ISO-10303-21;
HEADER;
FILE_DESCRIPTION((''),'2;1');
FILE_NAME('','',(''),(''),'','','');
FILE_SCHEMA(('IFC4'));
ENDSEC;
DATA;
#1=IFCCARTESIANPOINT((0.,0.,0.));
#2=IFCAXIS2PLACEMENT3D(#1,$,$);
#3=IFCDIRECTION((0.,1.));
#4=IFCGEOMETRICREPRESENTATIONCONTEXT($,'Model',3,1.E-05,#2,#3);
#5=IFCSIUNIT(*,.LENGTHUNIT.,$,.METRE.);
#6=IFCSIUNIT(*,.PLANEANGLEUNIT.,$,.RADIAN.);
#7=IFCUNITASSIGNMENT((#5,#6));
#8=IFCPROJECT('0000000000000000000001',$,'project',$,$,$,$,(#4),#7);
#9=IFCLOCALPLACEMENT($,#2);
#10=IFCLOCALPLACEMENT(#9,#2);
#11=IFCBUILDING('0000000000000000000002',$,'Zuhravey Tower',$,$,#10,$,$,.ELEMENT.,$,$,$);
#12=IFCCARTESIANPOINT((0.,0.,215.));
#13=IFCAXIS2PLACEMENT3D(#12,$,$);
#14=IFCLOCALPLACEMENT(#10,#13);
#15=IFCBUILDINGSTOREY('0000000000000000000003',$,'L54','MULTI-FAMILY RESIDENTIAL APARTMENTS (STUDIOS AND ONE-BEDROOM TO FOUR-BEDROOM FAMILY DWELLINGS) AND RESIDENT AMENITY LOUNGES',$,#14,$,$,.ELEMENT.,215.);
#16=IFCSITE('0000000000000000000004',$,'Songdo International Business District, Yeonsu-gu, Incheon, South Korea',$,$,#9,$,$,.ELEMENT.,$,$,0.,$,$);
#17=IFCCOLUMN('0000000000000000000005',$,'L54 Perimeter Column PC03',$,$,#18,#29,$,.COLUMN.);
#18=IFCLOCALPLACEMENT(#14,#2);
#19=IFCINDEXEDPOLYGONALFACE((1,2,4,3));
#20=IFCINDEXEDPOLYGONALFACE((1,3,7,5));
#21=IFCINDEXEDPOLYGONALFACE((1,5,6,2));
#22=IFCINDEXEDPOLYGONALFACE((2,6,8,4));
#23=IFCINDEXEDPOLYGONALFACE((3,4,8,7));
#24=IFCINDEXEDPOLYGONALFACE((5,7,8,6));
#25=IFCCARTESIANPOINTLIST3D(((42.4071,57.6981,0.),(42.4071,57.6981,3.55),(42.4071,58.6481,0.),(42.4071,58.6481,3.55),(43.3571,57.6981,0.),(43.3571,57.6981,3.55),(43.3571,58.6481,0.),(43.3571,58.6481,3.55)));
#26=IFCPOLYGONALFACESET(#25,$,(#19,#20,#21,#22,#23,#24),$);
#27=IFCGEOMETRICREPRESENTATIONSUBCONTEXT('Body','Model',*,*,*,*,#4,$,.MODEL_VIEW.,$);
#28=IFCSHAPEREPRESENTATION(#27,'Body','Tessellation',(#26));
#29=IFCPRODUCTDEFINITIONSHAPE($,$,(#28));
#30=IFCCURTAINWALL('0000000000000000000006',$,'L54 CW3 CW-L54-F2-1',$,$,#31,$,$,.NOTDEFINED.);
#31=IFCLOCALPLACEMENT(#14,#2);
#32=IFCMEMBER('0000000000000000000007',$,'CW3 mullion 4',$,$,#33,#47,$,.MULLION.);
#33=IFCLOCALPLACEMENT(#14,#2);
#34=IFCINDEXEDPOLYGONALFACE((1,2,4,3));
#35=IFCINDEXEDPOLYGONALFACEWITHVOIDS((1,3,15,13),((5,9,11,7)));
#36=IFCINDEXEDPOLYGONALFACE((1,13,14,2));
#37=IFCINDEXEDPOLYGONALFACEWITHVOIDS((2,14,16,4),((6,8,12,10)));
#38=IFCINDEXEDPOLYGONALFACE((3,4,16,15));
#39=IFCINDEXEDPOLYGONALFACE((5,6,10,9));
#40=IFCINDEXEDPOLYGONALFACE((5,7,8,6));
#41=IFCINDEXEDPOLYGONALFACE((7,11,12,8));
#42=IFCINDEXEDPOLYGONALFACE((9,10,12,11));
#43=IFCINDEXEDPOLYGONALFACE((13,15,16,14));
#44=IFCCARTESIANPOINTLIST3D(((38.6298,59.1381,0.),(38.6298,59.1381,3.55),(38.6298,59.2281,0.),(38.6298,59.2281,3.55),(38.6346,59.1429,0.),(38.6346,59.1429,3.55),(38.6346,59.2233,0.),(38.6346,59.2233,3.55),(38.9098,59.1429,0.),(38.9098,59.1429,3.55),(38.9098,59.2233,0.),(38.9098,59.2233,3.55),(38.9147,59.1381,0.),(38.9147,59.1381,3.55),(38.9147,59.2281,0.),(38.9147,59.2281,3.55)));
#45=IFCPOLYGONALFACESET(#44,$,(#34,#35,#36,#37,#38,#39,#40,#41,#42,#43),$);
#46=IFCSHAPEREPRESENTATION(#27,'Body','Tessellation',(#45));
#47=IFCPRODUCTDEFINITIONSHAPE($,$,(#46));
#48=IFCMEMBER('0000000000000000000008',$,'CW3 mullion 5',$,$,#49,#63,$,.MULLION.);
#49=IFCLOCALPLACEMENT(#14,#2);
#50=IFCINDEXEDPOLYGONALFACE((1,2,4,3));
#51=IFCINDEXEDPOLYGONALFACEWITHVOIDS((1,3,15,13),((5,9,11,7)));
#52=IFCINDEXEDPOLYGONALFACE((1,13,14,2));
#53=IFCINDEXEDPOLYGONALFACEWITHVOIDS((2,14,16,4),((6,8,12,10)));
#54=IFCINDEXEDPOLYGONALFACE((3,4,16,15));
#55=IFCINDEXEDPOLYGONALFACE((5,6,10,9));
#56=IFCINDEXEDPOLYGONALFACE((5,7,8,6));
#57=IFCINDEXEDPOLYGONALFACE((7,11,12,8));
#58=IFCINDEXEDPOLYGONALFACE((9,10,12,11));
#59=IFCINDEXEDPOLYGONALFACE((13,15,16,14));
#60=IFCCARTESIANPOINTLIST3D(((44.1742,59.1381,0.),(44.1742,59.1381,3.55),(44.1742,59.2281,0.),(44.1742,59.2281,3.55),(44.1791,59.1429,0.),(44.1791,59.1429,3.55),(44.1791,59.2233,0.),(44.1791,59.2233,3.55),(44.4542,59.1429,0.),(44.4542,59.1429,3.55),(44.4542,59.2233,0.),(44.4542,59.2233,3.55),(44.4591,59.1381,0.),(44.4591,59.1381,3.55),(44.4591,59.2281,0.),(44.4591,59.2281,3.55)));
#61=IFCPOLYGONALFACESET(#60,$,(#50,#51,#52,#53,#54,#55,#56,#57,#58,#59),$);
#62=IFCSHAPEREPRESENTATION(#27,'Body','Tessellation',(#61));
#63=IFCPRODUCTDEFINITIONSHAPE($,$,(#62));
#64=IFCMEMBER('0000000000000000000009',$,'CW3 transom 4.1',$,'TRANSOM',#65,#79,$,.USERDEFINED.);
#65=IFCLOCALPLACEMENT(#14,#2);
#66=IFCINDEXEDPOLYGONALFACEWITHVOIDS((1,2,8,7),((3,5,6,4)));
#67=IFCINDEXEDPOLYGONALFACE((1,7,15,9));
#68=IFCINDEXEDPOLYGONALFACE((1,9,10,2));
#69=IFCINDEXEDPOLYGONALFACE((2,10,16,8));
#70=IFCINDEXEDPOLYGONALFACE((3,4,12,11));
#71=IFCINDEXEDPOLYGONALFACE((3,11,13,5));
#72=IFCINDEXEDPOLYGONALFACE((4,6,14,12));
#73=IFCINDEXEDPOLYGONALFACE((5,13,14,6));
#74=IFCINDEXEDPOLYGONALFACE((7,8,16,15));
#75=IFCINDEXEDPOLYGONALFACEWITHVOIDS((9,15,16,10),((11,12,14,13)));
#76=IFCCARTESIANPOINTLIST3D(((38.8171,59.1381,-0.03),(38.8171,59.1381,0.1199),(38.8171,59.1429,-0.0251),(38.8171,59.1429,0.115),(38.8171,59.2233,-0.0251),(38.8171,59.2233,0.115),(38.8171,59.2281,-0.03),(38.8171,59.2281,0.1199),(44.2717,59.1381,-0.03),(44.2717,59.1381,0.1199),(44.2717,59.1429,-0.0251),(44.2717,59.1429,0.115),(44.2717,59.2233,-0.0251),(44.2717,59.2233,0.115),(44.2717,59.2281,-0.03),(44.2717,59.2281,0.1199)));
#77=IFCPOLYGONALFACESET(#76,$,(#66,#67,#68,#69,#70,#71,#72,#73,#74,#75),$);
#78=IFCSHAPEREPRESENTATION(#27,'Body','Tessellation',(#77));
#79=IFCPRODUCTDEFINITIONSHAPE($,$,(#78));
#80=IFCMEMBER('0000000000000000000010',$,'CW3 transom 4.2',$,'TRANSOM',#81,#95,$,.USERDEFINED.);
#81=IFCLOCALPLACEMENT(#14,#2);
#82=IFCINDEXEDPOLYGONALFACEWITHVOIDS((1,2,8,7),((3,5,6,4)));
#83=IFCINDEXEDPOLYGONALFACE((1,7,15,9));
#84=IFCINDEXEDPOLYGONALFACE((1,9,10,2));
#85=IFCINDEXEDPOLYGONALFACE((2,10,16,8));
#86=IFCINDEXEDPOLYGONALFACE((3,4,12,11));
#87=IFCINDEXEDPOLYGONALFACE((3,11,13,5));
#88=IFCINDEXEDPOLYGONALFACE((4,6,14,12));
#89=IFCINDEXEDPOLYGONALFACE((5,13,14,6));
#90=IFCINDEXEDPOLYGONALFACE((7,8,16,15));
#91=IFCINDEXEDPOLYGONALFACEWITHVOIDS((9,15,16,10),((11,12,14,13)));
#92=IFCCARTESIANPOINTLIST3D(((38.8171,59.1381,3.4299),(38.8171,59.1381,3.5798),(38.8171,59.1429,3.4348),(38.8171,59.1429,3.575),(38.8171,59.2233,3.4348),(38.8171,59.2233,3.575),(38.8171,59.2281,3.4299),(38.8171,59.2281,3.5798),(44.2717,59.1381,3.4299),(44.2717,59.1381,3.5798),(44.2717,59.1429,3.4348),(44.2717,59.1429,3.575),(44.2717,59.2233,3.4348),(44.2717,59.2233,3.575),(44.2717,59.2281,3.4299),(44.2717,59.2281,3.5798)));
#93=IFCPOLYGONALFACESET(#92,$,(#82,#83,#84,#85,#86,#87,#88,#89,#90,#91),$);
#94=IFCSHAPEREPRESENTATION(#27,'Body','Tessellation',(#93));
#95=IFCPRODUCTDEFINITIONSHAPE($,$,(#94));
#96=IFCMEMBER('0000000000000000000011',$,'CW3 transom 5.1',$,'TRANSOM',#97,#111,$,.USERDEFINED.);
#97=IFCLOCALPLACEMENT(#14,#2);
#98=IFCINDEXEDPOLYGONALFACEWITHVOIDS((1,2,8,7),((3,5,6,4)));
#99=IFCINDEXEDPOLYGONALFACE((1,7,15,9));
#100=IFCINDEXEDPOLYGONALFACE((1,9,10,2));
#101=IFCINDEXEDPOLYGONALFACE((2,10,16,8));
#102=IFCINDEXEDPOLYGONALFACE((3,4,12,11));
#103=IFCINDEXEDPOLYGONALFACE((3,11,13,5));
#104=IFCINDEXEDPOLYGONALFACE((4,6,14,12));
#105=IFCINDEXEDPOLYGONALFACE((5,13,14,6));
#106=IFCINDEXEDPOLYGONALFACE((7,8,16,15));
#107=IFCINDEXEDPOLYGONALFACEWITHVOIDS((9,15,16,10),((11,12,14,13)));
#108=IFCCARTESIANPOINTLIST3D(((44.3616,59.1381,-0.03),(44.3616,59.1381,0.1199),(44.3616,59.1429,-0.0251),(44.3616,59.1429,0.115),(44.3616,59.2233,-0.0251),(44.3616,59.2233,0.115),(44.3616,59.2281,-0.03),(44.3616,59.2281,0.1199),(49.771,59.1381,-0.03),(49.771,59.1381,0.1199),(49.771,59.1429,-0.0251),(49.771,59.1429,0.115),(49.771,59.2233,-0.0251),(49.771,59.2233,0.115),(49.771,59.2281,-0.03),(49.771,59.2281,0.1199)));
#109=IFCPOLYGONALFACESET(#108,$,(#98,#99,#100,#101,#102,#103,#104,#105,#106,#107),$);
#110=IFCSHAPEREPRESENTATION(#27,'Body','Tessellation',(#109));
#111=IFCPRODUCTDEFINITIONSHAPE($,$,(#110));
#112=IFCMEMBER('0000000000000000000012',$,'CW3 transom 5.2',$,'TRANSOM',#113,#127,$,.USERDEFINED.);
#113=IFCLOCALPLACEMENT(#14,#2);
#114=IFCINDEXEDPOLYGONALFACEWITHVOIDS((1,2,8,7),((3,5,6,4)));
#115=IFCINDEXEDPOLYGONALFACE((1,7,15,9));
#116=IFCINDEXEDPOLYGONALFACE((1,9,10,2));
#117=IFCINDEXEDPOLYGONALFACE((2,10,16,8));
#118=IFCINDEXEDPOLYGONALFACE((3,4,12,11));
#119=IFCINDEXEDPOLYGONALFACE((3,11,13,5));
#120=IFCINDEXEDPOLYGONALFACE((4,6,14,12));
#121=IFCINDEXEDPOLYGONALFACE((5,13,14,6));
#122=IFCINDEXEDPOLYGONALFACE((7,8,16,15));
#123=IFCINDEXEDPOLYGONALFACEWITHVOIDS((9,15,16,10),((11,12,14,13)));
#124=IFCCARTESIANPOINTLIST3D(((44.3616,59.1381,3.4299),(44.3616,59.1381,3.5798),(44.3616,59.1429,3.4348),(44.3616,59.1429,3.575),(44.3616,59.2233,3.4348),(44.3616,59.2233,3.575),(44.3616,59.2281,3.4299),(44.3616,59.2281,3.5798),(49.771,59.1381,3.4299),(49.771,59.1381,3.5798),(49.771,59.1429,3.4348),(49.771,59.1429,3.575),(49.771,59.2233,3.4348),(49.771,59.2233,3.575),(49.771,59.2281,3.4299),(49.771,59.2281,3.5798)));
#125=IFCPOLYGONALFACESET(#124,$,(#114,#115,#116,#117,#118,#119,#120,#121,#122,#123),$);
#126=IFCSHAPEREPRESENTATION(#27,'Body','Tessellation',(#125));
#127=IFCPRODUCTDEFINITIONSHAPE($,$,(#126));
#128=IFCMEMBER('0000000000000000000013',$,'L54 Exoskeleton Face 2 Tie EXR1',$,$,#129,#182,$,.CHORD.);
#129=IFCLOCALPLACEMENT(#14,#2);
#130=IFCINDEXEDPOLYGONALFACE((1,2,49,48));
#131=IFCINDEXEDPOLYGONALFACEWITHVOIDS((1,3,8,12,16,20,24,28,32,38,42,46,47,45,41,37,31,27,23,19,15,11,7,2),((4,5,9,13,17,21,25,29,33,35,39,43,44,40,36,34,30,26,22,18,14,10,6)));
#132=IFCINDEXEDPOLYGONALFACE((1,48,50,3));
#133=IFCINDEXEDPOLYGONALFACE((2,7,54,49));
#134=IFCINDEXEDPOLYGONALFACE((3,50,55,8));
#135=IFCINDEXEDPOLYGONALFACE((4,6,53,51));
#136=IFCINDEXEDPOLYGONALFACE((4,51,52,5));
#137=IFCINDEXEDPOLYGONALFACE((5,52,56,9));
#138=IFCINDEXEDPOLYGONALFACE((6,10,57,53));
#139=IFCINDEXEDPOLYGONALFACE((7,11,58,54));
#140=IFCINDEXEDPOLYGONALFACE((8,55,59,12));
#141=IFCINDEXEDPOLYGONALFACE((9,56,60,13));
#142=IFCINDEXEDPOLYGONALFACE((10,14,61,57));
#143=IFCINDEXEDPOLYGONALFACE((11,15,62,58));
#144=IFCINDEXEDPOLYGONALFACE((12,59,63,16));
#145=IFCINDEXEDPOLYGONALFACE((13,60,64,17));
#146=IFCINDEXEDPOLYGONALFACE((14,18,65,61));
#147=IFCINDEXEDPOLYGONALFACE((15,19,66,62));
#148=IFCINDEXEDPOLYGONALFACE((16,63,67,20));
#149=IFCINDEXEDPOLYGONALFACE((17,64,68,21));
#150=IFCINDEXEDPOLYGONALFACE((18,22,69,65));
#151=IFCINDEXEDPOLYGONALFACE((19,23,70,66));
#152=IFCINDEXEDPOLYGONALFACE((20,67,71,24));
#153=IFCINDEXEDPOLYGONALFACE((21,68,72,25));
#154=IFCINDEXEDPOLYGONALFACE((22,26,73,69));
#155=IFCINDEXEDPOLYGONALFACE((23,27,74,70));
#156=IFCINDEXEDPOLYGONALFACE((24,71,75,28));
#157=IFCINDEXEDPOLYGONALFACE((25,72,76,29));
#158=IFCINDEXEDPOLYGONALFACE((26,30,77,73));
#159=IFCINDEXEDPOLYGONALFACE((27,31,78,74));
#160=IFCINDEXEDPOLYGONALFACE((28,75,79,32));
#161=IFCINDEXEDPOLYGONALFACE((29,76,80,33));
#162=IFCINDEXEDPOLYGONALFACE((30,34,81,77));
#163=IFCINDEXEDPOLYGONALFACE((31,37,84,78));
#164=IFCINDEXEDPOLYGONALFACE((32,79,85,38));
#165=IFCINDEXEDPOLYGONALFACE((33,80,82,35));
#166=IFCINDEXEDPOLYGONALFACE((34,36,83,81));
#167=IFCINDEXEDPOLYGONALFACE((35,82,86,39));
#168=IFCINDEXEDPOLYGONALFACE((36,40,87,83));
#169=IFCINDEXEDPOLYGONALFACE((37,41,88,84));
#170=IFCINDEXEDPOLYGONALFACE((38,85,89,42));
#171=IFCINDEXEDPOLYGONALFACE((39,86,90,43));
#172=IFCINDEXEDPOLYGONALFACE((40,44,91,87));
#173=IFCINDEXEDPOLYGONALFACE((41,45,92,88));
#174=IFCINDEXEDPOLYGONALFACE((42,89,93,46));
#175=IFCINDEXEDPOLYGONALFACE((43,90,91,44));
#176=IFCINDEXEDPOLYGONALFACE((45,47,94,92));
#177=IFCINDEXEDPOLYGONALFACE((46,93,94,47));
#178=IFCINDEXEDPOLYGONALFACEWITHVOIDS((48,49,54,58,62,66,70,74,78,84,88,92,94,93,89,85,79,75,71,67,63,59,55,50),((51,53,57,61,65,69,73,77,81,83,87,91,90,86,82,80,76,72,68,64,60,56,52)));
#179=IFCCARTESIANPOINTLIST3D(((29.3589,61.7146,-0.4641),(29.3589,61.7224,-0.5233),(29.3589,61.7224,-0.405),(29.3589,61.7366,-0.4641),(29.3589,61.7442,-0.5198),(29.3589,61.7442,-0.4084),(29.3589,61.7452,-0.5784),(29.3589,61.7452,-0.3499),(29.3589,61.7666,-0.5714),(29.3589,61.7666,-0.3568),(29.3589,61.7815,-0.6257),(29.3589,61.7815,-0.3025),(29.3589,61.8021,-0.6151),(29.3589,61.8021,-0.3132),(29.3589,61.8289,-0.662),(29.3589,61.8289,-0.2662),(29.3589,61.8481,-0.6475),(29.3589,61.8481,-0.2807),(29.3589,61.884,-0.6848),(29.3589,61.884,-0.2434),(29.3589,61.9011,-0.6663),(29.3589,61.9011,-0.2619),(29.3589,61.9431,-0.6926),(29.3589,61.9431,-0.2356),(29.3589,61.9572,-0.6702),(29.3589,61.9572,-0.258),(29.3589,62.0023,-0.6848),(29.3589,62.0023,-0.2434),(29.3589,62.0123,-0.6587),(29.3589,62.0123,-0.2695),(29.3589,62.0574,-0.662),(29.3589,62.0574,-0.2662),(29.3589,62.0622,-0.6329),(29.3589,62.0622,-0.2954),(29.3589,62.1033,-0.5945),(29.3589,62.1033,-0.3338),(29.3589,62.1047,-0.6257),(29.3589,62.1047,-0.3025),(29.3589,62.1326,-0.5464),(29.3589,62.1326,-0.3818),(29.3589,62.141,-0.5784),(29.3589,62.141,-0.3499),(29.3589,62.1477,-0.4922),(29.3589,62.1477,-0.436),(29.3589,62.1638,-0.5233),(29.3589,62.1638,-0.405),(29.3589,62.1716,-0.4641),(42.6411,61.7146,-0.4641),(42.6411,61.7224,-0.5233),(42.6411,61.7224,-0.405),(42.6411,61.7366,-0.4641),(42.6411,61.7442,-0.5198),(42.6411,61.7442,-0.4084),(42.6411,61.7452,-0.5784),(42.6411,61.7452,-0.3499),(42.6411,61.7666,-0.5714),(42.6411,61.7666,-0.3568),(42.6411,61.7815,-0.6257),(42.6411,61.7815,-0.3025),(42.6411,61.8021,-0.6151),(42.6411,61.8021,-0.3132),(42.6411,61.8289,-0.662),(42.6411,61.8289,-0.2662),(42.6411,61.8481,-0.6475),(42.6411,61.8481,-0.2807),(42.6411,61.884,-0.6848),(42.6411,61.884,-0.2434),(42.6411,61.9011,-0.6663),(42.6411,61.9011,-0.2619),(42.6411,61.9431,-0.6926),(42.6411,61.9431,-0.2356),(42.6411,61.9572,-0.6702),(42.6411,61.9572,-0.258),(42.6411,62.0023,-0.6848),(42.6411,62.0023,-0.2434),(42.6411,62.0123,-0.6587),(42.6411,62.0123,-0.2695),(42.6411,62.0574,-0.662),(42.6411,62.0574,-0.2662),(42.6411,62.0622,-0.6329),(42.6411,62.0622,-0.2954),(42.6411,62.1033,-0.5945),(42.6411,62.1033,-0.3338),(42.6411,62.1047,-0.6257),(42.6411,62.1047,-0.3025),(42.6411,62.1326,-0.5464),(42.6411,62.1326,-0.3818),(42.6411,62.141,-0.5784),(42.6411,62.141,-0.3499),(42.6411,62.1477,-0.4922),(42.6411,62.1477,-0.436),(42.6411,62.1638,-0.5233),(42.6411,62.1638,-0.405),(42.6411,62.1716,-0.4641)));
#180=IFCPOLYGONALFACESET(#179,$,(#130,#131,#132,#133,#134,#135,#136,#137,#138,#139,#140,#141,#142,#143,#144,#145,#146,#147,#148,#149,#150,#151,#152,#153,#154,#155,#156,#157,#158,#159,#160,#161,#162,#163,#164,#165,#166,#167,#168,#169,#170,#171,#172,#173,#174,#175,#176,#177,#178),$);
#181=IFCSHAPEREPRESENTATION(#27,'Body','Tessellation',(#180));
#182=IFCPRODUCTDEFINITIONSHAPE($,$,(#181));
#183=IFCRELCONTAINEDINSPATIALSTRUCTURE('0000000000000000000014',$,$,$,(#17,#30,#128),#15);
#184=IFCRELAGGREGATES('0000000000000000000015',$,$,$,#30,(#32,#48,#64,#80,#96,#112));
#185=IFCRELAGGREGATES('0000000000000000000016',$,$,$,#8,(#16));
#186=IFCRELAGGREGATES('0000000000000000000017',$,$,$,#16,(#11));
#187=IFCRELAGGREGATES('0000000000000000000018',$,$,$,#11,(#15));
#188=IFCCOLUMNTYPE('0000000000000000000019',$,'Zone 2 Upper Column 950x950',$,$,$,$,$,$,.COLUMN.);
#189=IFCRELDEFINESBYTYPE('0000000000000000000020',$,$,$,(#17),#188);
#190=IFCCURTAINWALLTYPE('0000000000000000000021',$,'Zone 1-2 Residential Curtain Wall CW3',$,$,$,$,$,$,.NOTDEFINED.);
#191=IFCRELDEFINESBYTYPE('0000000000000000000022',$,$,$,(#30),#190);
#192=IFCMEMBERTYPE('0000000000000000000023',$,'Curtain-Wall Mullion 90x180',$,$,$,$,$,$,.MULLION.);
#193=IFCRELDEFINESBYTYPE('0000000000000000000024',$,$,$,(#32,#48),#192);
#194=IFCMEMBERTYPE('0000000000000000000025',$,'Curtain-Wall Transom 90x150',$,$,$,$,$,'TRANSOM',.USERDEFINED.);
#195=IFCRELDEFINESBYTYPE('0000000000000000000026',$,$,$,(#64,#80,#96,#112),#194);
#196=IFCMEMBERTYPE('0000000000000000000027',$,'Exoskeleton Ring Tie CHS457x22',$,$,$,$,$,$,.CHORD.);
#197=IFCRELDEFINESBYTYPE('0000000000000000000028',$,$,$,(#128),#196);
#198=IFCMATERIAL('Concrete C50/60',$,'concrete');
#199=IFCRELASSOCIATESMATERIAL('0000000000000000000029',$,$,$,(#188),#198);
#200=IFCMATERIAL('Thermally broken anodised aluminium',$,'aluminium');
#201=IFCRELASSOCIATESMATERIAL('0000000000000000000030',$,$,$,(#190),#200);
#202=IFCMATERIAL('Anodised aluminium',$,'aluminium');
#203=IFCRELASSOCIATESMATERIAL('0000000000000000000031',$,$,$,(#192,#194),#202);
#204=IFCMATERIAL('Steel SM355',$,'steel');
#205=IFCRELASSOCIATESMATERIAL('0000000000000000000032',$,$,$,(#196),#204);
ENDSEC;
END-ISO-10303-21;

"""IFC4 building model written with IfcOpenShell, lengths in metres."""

from ifc_helpers import new_model, si_unit, direction, frame, origin, origin_2d, place, context, subcontext, project, spatial, rectangle, hollow_rectangle, hollow_circle, extrude, material, material_profile, profile_set, type_object, element, aggregate, save


model = new_model("IFC4")

# Units and contexts
model_context = context("Model", 3, precision=1e-05, world=origin(), true_north=direction((0.0, 1.0)))
body_context = subcontext(model_context, "Body", "Model", "MODEL_VIEW")
ifc_project = project(units=[si_unit("LENGTHUNIT", "METRE"), si_unit("PLANEANGLEUNIT", "RADIAN")], contexts=[model_context])

# Site, building, storey
site_placement = place(None, origin())
site = spatial("IfcSite", under=ifc_project, at=site_placement, Name="Songdo International Business District, Yeonsu-gu, Incheon, South Korea", CompositionType="ELEMENT", RefElevation=0.0)
building_placement = place(site_placement, origin())
building = spatial("IfcBuilding", under=site, at=building_placement, Name="Zuhravey Tower", CompositionType="ELEMENT")
storey_placement = place(building_placement, frame((0.0, 0.0, 215.0)))
storey = spatial("IfcBuildingStorey", under=building, at=storey_placement, Name="L54", Description="MULTI-FAMILY RESIDENTIAL APARTMENTS (STUDIOS AND ONE-BEDROOM TO FOUR-BEDROOM FAMILY DWELLINGS) AND RESIDENT AMENITY LOUNGES", CompositionType="ELEMENT", Elevation=215.0)

# Column
ifc_material_1 = material(Name="Concrete C50/60", Category="concrete")
ifc_material_profile_1 = material_profile(ifc_material_1, rectangle(XDim=0.95, YDim=0.95, at=origin_2d()), Name="RC-950x950")
ifc_profile_set_1 = profile_set([ifc_material_profile_1], Name="Concrete C50/60")
column_type = type_object("IfcColumnType", Name="Zone 2 Upper Column 950x950", PredefinedType="COLUMN", material=ifc_profile_set_1)
column_placement = place(storey_placement, frame((42.8821, 58.1731, 0.0), z_axis=(0.0, 0.0, 1.0), x_axis=(-1.0, 0.0, 0.0)))
element("IfcColumn", 1, at=column_placement, inside=storey, type_object=column_type, Name="L54 Perimeter Column PC03", PredefinedType="COLUMN", context=body_context, shape_type="SweptSolid", body=[
    extrude(rectangle(XDim=0.95, YDim=0.95, at=origin_2d()), origin(), (0.0, 0.0, 1.0), 3.55),
])

# Curtain wall, members
ifc_material_2 = material(Name="Thermally broken anodised aluminium", Category="aluminium")
curtain_wall_type = type_object("IfcCurtainWallType", Name="Zone 1-2 Residential Curtain Wall CW3", PredefinedType="NOTDEFINED", material=ifc_material_2)
curtain_wall_placement = place(storey_placement, origin())
curtain_wall = element("IfcCurtainWall", 2, at=curtain_wall_placement, inside=storey, type_object=curtain_wall_type, Name="L54 CW3 CW-L54-F2-1", PredefinedType="NOTDEFINED")
ifc_material_3 = material(Name="Anodised aluminium", Category="aluminium")
ifc_material_profile_2 = material_profile(ifc_material_3, hollow_rectangle(XDim=0.0901, YDim=0.2849, WallThickness=0.0049, at=origin_2d()), Name="ALU-RHS-90x285x5")
ifc_profile_set_2 = profile_set([ifc_material_profile_2], Name="Anodised aluminium")
member_type_1 = type_object("IfcMemberType", Name="Curtain-Wall Mullion 90x180", PredefinedType="MULLION", material=ifc_profile_set_2)
member_1_placement = place(storey_placement, frame((38.7722, 59.1831, 0.0), z_axis=(0.0, 0.0, 1.0), x_axis=(0.0, 1.0, 0.0)))
member_1 = element("IfcMember", 3, at=member_1_placement, type_object=member_type_1, Name="CW3 mullion 4", PredefinedType="MULLION", context=body_context, shape_type="SweptSolid", body=[
    extrude(hollow_rectangle(XDim=0.0901, YDim=0.2849, WallThickness=0.0049, at=origin_2d()), origin(), (0.0, 0.0, 1.0), 3.55),
])
member_2_placement = place(storey_placement, frame((44.3167, 59.1831, 0.0), z_axis=(0.0, 0.0, 1.0), x_axis=(0.0, 1.0, 0.0)))
member_2 = element("IfcMember", 4, at=member_2_placement, type_object=member_type_1, Name="CW3 mullion 5", PredefinedType="MULLION", context=body_context, shape_type="SweptSolid", body=[
    extrude(hollow_rectangle(XDim=0.0901, YDim=0.2849, WallThickness=0.0049, at=origin_2d()), origin(), (0.0, 0.0, 1.0), 3.55),
])
ifc_material_profile_3 = material_profile(ifc_material_3, hollow_rectangle(XDim=0.0901, YDim=0.1499, WallThickness=0.0049, at=origin_2d()), Name="ALU-RHS-90x150x5")
ifc_profile_set_3 = profile_set([ifc_material_profile_3], Name="Anodised aluminium")
member_type_2 = type_object("IfcMemberType", Name="Curtain-Wall Transom 90x150", ElementType="TRANSOM", PredefinedType="USERDEFINED", material=ifc_profile_set_3)
member_3_placement = place(storey_placement, frame((38.8171, 59.1831, 0.0449), z_axis=(1.0, 0.0, 0.0), x_axis=(0.0, 1.0, 0.0)))
member_3 = element("IfcMember", 5, at=member_3_placement, type_object=member_type_2, Name="CW3 transom 4.1", ObjectType="TRANSOM", PredefinedType="USERDEFINED", context=body_context, shape_type="SweptSolid", body=[
    extrude(hollow_rectangle(XDim=0.0901, YDim=0.1499, WallThickness=0.0049, at=origin_2d()), origin(), (0.0, 0.0, 1.0), 5.4546),
])
member_4_placement = place(storey_placement, frame((38.8171, 59.1831, 3.5049), z_axis=(1.0, 0.0, 0.0), x_axis=(0.0, 1.0, 0.0)))
member_4 = element("IfcMember", 6, at=member_4_placement, type_object=member_type_2, Name="CW3 transom 4.2", ObjectType="TRANSOM", PredefinedType="USERDEFINED", context=body_context, shape_type="SweptSolid", body=[
    extrude(hollow_rectangle(XDim=0.0901, YDim=0.1499, WallThickness=0.0049, at=origin_2d()), origin(), (0.0, 0.0, 1.0), 5.4546),
])
member_5_placement = place(storey_placement, frame((44.3616, 59.1831, 0.0449), z_axis=(1.0, 0.0, 0.0), x_axis=(0.0, 1.0, 0.0)))
member_5 = element("IfcMember", 7, at=member_5_placement, type_object=member_type_2, Name="CW3 transom 5.1", ObjectType="TRANSOM", PredefinedType="USERDEFINED", context=body_context, shape_type="SweptSolid", body=[
    extrude(hollow_rectangle(XDim=0.0901, YDim=0.1499, WallThickness=0.0049, at=origin_2d()), origin(), (0.0, 0.0, 1.0), 5.4094),
])
member_6_placement = place(storey_placement, frame((44.3616, 59.1831, 3.5049), z_axis=(1.0, 0.0, 0.0), x_axis=(0.0, 1.0, 0.0)))
member_6 = element("IfcMember", 8, at=member_6_placement, type_object=member_type_2, Name="CW3 transom 5.2", ObjectType="TRANSOM", PredefinedType="USERDEFINED", context=body_context, shape_type="SweptSolid", body=[
    extrude(hollow_rectangle(XDim=0.0901, YDim=0.1499, WallThickness=0.0049, at=origin_2d()), origin(), (0.0, 0.0, 1.0), 5.4094),
])

# Member
ifc_material_4 = material(Name="Steel SM355", Category="steel")
ifc_material_profile_4 = material_profile(ifc_material_4, hollow_circle(Radius=0.2285, WallThickness=0.022, at=origin_2d()), Name="CHS-457.2x22")
ifc_profile_set_4 = profile_set([ifc_material_profile_4], Name="Steel SM355")
member_type_3 = type_object("IfcMemberType", Name="Exoskeleton Ring Tie CHS457x22", PredefinedType="CHORD", material=ifc_profile_set_4)
member_7_placement = place(storey_placement, frame((42.6411, 61.9431, -0.4641), z_axis=(-1.0, 0.0, 0.0), x_axis=(0.0, -1.0, 0.0)))
element("IfcMember", 9, at=member_7_placement, inside=storey, type_object=member_type_3, Name="L54 Exoskeleton Face 2 Tie EXR1", PredefinedType="CHORD", context=body_context, shape_type="SweptSolid", body=[
    extrude(hollow_circle(Radius=0.2285, WallThickness=0.022, at=origin_2d()), origin(), (0.0, 0.0, 1.0), 13.2822),
])

aggregate(curtain_wall, [member_1, member_2, member_3, member_4, member_5, member_6])

save(model, "model.ifc")
